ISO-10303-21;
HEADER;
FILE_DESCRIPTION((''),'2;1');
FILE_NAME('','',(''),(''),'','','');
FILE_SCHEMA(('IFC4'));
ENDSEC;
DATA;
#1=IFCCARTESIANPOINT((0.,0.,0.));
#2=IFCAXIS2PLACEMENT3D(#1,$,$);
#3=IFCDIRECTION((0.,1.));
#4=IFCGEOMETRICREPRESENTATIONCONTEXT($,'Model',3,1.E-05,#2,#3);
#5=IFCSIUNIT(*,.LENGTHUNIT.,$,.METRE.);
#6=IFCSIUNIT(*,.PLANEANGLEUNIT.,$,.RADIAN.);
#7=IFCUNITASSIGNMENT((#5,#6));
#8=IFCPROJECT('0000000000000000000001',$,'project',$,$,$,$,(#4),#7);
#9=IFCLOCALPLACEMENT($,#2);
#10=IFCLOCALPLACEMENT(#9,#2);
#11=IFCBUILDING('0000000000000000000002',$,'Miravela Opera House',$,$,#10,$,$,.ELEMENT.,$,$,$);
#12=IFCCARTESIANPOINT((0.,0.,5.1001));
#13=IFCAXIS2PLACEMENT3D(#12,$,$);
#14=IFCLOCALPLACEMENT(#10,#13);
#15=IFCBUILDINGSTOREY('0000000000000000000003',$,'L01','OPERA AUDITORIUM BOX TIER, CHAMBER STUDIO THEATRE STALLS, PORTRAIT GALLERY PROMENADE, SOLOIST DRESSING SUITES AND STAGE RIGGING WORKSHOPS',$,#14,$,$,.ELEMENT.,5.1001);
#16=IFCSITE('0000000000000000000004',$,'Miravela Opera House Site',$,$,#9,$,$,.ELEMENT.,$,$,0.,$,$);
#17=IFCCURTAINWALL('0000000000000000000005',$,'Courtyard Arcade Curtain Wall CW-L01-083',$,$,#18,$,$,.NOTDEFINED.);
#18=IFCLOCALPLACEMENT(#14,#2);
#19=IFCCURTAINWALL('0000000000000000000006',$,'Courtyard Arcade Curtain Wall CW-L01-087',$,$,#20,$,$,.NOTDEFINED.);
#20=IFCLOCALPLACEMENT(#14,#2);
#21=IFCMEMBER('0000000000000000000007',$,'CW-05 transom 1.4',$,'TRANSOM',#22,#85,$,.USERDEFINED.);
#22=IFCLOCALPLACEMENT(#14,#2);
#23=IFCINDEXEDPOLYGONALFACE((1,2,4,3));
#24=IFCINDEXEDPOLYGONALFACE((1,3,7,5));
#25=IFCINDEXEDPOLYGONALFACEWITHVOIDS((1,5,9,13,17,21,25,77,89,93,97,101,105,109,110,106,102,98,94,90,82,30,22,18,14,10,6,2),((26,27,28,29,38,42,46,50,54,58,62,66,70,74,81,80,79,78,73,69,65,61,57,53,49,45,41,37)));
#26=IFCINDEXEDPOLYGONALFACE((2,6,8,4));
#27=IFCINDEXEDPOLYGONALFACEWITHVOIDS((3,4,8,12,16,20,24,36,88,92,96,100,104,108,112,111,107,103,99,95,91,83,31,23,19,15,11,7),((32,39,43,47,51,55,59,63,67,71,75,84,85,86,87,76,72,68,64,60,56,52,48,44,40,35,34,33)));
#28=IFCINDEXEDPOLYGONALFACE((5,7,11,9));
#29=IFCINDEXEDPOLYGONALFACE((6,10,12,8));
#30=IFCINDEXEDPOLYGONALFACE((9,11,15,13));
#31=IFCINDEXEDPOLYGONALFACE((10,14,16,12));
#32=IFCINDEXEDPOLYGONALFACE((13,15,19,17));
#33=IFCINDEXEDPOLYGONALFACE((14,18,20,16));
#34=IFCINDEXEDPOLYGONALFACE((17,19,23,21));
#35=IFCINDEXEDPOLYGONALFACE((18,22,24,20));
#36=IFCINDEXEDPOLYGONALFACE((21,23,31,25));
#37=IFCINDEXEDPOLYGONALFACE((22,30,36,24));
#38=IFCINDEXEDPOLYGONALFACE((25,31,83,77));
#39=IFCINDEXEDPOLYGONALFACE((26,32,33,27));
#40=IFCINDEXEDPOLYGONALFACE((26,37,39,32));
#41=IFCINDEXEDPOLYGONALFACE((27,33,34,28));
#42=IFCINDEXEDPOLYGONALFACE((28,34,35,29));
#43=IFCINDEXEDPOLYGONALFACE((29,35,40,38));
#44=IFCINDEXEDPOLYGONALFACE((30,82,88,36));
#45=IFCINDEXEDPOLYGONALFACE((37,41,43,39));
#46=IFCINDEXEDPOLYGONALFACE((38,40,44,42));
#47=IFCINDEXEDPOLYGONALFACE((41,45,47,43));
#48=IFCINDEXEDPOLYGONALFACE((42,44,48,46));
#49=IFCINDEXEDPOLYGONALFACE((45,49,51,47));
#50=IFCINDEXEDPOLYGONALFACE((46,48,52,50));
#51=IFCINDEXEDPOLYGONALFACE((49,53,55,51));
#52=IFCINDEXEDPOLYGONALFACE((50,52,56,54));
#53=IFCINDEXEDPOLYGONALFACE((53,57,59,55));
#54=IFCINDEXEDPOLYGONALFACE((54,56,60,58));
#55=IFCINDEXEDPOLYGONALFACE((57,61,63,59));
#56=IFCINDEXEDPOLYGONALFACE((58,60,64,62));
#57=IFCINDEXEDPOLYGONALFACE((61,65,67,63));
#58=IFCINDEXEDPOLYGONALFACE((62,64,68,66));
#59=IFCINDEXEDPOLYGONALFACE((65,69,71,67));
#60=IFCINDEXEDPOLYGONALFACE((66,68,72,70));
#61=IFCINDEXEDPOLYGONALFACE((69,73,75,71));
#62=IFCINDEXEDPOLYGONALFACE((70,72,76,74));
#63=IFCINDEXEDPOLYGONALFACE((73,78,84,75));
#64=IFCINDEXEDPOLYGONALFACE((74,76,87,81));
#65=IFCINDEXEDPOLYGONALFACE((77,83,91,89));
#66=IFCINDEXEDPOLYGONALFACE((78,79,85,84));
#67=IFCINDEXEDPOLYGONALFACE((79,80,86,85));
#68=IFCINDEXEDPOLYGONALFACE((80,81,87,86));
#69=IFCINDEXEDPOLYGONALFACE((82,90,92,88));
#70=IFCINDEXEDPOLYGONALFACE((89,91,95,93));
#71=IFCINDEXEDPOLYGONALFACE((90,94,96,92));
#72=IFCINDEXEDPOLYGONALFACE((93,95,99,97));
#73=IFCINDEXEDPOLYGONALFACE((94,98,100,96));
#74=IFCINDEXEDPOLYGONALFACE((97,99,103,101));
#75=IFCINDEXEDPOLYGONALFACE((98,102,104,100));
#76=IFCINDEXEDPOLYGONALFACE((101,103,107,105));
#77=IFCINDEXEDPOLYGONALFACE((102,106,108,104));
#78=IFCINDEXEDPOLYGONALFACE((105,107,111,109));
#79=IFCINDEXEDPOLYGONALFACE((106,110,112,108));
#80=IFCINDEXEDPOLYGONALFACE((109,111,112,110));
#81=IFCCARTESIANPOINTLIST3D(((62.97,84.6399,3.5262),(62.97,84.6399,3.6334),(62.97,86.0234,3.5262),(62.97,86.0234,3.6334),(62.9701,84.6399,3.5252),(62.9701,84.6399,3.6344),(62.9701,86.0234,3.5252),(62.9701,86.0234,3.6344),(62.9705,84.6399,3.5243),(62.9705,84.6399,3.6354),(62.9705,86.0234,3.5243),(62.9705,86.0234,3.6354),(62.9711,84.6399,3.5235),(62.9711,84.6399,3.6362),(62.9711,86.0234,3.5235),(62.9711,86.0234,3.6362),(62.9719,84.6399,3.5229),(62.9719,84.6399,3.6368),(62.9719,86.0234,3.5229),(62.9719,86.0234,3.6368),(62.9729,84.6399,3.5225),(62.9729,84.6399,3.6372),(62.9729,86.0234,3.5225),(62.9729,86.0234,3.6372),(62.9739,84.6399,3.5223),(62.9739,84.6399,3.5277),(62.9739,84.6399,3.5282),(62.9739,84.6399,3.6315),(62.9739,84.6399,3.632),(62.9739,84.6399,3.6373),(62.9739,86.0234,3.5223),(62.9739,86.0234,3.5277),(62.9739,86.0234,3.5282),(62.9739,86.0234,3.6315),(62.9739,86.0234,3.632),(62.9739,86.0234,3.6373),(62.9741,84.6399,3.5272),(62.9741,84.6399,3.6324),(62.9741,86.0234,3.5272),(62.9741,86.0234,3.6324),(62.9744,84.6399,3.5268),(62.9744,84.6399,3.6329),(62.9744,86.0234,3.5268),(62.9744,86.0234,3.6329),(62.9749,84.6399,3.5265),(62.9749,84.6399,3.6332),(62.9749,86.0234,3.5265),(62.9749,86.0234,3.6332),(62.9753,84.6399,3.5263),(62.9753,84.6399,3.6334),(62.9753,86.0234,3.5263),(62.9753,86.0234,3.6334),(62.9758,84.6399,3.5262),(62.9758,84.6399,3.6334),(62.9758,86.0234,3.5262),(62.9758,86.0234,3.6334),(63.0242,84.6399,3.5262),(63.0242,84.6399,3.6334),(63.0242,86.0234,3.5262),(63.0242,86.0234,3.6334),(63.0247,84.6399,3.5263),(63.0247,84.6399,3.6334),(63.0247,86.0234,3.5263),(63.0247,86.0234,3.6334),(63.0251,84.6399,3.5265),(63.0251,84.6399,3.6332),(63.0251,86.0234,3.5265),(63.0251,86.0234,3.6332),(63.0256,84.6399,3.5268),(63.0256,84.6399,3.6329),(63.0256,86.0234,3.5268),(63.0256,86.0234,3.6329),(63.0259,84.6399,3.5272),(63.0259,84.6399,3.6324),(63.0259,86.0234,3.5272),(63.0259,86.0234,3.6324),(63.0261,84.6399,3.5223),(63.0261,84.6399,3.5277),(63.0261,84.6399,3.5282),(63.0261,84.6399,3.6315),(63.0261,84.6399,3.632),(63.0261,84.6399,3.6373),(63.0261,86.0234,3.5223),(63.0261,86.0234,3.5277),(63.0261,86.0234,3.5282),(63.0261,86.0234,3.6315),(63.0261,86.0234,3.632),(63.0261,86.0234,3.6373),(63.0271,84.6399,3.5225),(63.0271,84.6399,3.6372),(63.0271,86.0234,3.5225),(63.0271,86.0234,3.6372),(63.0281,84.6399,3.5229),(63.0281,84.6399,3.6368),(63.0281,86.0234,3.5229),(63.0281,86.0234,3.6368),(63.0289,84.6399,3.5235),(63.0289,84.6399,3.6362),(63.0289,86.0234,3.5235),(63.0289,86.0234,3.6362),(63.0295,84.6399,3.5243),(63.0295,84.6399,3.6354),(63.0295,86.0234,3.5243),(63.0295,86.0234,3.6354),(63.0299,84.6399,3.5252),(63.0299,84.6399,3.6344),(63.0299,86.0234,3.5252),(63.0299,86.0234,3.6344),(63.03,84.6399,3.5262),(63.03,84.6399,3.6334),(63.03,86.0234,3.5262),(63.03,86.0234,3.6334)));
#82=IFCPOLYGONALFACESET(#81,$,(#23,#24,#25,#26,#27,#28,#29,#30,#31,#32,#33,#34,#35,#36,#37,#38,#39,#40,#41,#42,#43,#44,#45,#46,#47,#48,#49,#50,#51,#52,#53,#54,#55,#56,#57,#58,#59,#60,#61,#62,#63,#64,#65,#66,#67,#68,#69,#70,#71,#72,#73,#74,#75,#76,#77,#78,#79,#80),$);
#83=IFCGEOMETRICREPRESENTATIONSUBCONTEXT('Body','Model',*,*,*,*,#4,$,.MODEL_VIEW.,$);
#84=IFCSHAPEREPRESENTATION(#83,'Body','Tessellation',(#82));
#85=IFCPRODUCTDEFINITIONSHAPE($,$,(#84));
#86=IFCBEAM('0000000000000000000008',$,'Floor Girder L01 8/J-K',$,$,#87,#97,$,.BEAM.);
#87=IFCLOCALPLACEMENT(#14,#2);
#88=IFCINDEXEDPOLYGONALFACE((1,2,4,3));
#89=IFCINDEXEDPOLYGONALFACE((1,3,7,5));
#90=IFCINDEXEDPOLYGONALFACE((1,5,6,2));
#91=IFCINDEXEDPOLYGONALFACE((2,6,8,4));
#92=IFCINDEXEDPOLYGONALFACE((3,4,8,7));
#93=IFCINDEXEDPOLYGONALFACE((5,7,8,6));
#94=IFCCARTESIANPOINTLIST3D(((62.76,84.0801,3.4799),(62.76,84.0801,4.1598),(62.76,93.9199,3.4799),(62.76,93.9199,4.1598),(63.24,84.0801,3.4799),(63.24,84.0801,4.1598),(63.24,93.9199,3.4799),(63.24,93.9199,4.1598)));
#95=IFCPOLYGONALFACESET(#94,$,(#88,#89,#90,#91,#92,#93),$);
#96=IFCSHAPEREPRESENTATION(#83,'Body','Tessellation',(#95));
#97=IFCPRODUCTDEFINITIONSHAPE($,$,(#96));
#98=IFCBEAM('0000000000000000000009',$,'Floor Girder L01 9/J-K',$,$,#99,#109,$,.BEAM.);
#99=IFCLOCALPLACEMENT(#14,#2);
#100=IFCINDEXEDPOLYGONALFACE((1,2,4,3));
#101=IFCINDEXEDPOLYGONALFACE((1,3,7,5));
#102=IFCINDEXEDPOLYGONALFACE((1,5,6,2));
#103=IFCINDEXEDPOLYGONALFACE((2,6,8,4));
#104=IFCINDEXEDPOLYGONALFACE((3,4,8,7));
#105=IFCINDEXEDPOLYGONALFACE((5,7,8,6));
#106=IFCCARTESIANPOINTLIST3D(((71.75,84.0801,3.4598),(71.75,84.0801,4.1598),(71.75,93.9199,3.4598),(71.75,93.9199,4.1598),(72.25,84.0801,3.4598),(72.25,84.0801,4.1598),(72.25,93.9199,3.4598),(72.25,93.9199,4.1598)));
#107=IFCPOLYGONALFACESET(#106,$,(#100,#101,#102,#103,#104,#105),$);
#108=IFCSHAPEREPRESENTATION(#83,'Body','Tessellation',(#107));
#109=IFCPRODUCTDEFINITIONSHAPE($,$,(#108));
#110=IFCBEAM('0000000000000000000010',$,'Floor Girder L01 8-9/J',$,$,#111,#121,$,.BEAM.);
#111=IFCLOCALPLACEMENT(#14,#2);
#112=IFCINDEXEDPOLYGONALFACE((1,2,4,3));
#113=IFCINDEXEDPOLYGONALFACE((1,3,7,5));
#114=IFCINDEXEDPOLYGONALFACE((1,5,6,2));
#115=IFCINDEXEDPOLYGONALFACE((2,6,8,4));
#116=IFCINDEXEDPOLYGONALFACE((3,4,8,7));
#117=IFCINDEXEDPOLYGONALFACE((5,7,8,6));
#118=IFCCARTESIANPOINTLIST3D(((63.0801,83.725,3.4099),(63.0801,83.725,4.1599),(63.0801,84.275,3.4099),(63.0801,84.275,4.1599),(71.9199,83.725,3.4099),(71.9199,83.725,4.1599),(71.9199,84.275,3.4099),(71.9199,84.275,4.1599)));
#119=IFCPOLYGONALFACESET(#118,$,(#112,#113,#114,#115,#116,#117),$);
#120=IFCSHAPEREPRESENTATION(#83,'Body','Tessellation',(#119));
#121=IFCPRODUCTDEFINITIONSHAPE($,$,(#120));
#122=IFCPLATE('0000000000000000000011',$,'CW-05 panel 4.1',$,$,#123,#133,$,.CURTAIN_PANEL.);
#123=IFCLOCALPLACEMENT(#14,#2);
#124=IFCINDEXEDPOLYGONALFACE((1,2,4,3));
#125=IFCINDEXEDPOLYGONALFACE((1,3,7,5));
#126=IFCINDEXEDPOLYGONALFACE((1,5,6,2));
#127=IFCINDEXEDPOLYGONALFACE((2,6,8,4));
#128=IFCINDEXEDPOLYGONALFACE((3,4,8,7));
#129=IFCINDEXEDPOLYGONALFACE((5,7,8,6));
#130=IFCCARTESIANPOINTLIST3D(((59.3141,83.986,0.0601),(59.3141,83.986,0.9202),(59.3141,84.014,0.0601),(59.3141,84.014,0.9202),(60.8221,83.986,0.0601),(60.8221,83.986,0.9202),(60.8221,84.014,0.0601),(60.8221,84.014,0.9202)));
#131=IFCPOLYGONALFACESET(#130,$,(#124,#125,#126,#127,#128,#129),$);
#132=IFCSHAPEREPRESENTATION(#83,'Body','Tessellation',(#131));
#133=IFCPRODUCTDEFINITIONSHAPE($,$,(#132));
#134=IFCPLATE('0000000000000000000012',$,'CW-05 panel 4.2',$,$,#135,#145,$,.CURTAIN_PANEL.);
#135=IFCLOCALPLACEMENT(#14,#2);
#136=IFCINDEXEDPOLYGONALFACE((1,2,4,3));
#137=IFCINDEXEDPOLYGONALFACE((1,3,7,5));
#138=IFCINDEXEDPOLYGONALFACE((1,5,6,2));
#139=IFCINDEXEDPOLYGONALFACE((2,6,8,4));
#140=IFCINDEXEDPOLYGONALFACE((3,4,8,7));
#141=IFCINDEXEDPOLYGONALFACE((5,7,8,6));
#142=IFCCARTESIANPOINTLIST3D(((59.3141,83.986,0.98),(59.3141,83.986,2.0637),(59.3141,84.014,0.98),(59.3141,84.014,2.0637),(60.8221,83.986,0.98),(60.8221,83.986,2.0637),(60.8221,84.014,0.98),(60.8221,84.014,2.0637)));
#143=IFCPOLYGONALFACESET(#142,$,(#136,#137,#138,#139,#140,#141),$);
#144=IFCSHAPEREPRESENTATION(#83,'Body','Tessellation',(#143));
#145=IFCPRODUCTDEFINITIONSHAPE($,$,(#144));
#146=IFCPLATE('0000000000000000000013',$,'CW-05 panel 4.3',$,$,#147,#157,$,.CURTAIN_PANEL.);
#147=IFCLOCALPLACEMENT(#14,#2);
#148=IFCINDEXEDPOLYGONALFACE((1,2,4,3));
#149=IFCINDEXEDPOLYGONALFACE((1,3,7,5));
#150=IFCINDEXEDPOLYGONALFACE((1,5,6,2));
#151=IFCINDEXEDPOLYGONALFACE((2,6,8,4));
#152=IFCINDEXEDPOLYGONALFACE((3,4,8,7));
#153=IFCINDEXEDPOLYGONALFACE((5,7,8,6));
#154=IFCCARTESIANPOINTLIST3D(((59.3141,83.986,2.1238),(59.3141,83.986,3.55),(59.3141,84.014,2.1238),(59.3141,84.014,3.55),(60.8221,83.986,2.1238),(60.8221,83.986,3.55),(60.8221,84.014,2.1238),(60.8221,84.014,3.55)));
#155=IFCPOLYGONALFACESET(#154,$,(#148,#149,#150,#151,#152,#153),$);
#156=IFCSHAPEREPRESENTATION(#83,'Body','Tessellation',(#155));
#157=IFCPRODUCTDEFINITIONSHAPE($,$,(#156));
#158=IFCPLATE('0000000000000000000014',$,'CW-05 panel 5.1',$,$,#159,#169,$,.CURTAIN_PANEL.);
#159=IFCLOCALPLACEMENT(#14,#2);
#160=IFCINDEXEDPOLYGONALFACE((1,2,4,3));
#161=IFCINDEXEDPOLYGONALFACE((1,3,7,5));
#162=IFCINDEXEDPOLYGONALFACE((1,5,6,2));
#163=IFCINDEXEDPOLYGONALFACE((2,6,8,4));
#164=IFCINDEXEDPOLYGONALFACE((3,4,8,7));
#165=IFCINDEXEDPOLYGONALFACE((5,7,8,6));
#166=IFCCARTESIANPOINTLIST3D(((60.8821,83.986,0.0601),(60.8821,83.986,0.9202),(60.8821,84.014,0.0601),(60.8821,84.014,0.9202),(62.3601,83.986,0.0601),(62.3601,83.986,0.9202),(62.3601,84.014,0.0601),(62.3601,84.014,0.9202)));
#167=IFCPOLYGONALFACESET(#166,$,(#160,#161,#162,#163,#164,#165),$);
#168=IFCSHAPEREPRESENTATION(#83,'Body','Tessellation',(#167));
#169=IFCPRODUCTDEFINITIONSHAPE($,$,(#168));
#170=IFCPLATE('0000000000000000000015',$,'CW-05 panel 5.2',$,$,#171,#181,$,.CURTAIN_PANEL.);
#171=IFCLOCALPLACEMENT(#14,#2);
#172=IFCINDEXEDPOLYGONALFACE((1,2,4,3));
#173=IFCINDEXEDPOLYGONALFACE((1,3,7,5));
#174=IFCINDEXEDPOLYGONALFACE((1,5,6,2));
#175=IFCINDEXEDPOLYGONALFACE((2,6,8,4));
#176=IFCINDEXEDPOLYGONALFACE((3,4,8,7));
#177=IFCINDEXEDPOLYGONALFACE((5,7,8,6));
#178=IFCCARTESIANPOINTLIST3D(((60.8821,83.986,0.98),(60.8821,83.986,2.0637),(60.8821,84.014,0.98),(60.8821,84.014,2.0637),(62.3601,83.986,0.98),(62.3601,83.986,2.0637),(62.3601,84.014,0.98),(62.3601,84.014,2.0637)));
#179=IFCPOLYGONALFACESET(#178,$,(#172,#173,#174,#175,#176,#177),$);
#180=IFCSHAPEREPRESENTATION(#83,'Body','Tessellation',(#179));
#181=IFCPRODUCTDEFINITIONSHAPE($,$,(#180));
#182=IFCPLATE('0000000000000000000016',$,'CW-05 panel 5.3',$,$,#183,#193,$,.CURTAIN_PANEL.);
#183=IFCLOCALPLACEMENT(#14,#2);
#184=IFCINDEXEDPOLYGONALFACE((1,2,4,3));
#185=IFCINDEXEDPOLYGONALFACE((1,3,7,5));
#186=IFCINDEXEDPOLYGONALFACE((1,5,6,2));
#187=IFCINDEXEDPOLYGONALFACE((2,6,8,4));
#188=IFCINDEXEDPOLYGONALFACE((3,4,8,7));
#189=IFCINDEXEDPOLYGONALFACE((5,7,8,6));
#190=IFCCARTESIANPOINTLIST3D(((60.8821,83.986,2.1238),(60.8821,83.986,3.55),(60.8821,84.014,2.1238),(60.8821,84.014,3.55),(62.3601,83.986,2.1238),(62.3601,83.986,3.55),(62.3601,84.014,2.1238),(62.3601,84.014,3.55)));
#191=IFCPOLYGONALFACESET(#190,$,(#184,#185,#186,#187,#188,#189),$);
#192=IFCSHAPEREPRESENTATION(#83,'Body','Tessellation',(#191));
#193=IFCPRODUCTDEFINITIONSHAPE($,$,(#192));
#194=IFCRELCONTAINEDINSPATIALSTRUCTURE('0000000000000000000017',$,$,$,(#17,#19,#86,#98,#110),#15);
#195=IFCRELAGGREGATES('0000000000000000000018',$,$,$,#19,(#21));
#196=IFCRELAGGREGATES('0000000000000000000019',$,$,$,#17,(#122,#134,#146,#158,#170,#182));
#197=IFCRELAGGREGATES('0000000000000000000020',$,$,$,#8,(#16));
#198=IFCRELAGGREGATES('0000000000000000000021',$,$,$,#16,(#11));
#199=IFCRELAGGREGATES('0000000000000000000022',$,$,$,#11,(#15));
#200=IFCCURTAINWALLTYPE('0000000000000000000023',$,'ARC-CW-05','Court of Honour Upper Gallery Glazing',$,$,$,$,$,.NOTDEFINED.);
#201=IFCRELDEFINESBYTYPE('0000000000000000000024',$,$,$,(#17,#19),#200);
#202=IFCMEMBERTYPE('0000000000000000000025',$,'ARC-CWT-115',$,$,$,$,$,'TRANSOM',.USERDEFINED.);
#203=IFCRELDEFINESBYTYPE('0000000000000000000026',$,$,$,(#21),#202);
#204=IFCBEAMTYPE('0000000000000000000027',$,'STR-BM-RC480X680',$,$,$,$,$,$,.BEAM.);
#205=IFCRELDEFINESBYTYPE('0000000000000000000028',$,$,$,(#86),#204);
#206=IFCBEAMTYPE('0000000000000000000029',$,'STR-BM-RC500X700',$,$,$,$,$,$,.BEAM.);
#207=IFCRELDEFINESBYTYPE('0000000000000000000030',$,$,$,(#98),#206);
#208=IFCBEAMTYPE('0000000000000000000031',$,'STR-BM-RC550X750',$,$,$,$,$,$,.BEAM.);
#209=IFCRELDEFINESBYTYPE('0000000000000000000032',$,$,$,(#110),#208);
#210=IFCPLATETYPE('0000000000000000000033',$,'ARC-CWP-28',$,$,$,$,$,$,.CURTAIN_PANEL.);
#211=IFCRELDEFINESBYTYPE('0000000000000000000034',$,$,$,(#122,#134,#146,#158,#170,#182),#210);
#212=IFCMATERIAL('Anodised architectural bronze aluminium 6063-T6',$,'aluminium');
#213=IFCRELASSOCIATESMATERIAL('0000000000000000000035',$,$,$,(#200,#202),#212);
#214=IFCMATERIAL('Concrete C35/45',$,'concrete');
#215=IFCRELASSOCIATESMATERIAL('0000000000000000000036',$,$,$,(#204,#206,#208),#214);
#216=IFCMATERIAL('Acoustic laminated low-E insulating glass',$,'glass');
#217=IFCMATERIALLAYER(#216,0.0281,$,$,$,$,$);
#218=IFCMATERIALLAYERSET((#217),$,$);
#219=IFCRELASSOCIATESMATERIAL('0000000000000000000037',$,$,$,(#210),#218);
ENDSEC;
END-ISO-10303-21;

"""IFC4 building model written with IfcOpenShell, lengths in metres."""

from ifc_helpers import new_model, si_unit, direction, frame, origin, origin_2d, place, context, subcontext, project, spatial, rectangle, hollow_rectangle, extrude, material, layer, layer_set, material_profile, profile_set, type_object, element, aggregate, save


model = new_model("IFC4")

# Units and contexts
model_context = context("Model", 3, precision=1e-05, world=origin(), true_north=direction((0.0, 1.0)))
body_context = subcontext(model_context, "Body", "Model", "MODEL_VIEW")
ifc_project = project(units=[si_unit("LENGTHUNIT", "METRE"), si_unit("PLANEANGLEUNIT", "RADIAN")], contexts=[model_context])

# Site, building, storey
site_placement = place(None, origin())
site = spatial("IfcSite", under=ifc_project, at=site_placement, Name="Miravela Opera House Site", CompositionType="ELEMENT", RefElevation=0.0)
building_placement = place(site_placement, origin())
building = spatial("IfcBuilding", under=site, at=building_placement, Name="Miravela Opera House", CompositionType="ELEMENT")
storey_placement = place(building_placement, frame((0.0, 0.0, 5.1001)))
storey = spatial("IfcBuildingStorey", under=building, at=storey_placement, Name="L01", Description="OPERA AUDITORIUM BOX TIER, CHAMBER STUDIO THEATRE STALLS, PORTRAIT GALLERY PROMENADE, SOLOIST DRESSING SUITES AND STAGE RIGGING WORKSHOPS", CompositionType="ELEMENT", Elevation=5.1001)

# Shared definitions
ifc_material_1 = material(Name="Concrete C35/45", Category="concrete")

# Curtain wall
ifc_material_2 = material(Name="Anodised architectural bronze aluminium 6063-T6", Category="aluminium")
curtain_wall_type = type_object("IfcCurtainWallType", Name="ARC-CW-05", Description="Court of Honour Upper Gallery Glazing", PredefinedType="NOTDEFINED", material=ifc_material_2)
curtain_wall_1_placement = place(storey_placement, origin())
curtain_wall_1 = element("IfcCurtainWall", 1, at=curtain_wall_1_placement, inside=storey, type_object=curtain_wall_type, Name="Courtyard Arcade Curtain Wall CW-L01-083", PredefinedType="NOTDEFINED")

# Curtain wall
curtain_wall_2_placement = place(storey_placement, origin())
curtain_wall_2 = element("IfcCurtainWall", 2, at=curtain_wall_2_placement, inside=storey, type_object=curtain_wall_type, Name="Courtyard Arcade Curtain Wall CW-L01-087", PredefinedType="NOTDEFINED")

# Member
ifc_material_profile_1 = material_profile(ifc_material_2, hollow_rectangle(XDim=0.0601, YDim=0.115, WallThickness=0.0039, InnerFilletRadius=0.002, OuterFilletRadius=0.0039, at=origin_2d()), Name="CWT-60X115")
ifc_profile_set_1 = profile_set([ifc_material_profile_1])
member_type_1 = type_object("IfcMemberType", Name="ARC-CWT-115", ElementType="TRANSOM", PredefinedType="USERDEFINED", material=ifc_profile_set_1)
member_1_placement = place(storey_placement, frame((63.0, 84.6399, 3.5798), z_axis=(0.0, 1.0, 0.0), x_axis=(-1.0, 0.0, 0.0)))
member_1 = element("IfcMember", 3, at=member_1_placement, type_object=member_type_1, Name="CW-05 transom 1.4", ObjectType="TRANSOM", PredefinedType="USERDEFINED", context=body_context, shape_type="SweptSolid", body=[
    extrude(hollow_rectangle(XDim=0.0601, YDim=0.115, WallThickness=0.0039, InnerFilletRadius=0.002, OuterFilletRadius=0.0039, at=origin_2d()), origin(), (0.0, 0.0, 1.0), 1.3835),
])
aggregate(curtain_wall_2, [member_1])

# Beams
ifc_material_profile_2 = material_profile(ifc_material_1, rectangle(XDim=0.48, YDim=0.6799, at=origin_2d()), Name="RC-BM-480X680")
ifc_profile_set_2 = profile_set([ifc_material_profile_2])
beam_type_1 = type_object("IfcBeamType", Name="STR-BM-RC480X680", PredefinedType="BEAM", material=ifc_profile_set_2)
beam_1_placement = place(storey_placement, frame((63.0, 84.0801, 3.8198), z_axis=(0.0, 1.0, 0.0), x_axis=(-1.0, 0.0, 0.0)))
element("IfcBeam", 4, at=beam_1_placement, inside=storey, type_object=beam_type_1, Name="Floor Girder L01 8/J-K", PredefinedType="BEAM", context=body_context, shape_type="SweptSolid", body=[
    extrude(rectangle(XDim=0.48, YDim=0.6799, at=origin_2d()), origin(), (0.0, 0.0, 1.0), 9.8398),
])
ifc_material_profile_3 = material_profile(ifc_material_1, rectangle(XDim=0.5, YDim=0.7, at=origin_2d()), Name="RC-BM-500X700")
ifc_profile_set_3 = profile_set([ifc_material_profile_3])
beam_type_2 = type_object("IfcBeamType", Name="STR-BM-RC500X700", PredefinedType="BEAM", material=ifc_profile_set_3)
beam_2_placement = place(storey_placement, frame((72.0, 84.0801, 3.8098), z_axis=(0.0, 1.0, 0.0), x_axis=(-1.0, 0.0, 0.0)))
element("IfcBeam", 5, at=beam_2_placement, inside=storey, type_object=beam_type_2, Name="Floor Girder L01 9/J-K", PredefinedType="BEAM", context=body_context, shape_type="SweptSolid", body=[
    extrude(rectangle(XDim=0.5, YDim=0.7, at=origin_2d()), origin(), (0.0, 0.0, 1.0), 9.8398),
])
ifc_material_profile_4 = material_profile(ifc_material_1, rectangle(XDim=0.55, YDim=0.75, at=origin_2d()), Name="RC-BM-550X750")
ifc_profile_set_4 = profile_set([ifc_material_profile_4])
beam_type_3 = type_object("IfcBeamType", Name="STR-BM-RC550X750", PredefinedType="BEAM", material=ifc_profile_set_4)
beam_3_placement = place(storey_placement, frame((63.0801, 84.0, 3.7849), z_axis=(1.0, 0.0, 0.0), x_axis=(0.0, 1.0, 0.0)))
element("IfcBeam", 6, at=beam_3_placement, inside=storey, type_object=beam_type_3, Name="Floor Girder L01 8-9/J", PredefinedType="BEAM", context=body_context, shape_type="SweptSolid", body=[
    extrude(rectangle(XDim=0.55, YDim=0.75, at=origin_2d()), origin(), (0.0, 0.0, 1.0), 8.8398),
])

# Plates
ifc_material_3 = material(Name="Acoustic laminated low-E insulating glass", Category="glass")
ifc_layer = layer(ifc_material_3, 0.0281)
ifc_layer_set = layer_set([ifc_layer])
plate_type = type_object("IfcPlateType", Name="ARC-CWP-28", PredefinedType="CURTAIN_PANEL", material=ifc_layer_set)
plate_1_placement = place(storey_placement, frame((60.0681, 84.0, 0.0601), z_axis=(0.0, 0.0, 1.0), x_axis=(1.0, 0.0, 0.0)))
plate_1 = element("IfcPlate", 7, at=plate_1_placement, type_object=plate_type, Name="CW-05 panel 4.1", PredefinedType="CURTAIN_PANEL", context=body_context, shape_type="SweptSolid", body=[
    extrude(rectangle(XDim=1.5081, YDim=0.0281, at=origin_2d()), origin(), (0.0, 0.0, 1.0), 0.8601),
])
plate_2_placement = place(storey_placement, frame((60.0681, 84.0, 0.98), z_axis=(0.0, 0.0, 1.0), x_axis=(1.0, 0.0, 0.0)))
plate_2 = element("IfcPlate", 8, at=plate_2_placement, type_object=plate_type, Name="CW-05 panel 4.2", PredefinedType="CURTAIN_PANEL", context=body_context, shape_type="SweptSolid", body=[
    extrude(rectangle(XDim=1.5081, YDim=0.0281, at=origin_2d()), origin(), (0.0, 0.0, 1.0), 1.0837),
])
plate_3_placement = place(storey_placement, frame((60.0681, 84.0, 2.1238), z_axis=(0.0, 0.0, 1.0), x_axis=(1.0, 0.0, 0.0)))
plate_3 = element("IfcPlate", 9, at=plate_3_placement, type_object=plate_type, Name="CW-05 panel 4.3", PredefinedType="CURTAIN_PANEL", context=body_context, shape_type="SweptSolid", body=[
    extrude(rectangle(XDim=1.5081, YDim=0.0281, at=origin_2d()), origin(), (0.0, 0.0, 1.0), 1.4263),
])
plate_4_placement = place(storey_placement, frame((61.6211, 84.0, 0.0601), z_axis=(0.0, 0.0, 1.0), x_axis=(1.0, 0.0, 0.0)))
plate_4 = element("IfcPlate", 10, at=plate_4_placement, type_object=plate_type, Name="CW-05 panel 5.1", PredefinedType="CURTAIN_PANEL", context=body_context, shape_type="SweptSolid", body=[
    extrude(rectangle(XDim=1.478, YDim=0.0281, at=origin_2d()), origin(), (0.0, 0.0, 1.0), 0.8601),
])
plate_5_placement = place(storey_placement, frame((61.6211, 84.0, 0.98), z_axis=(0.0, 0.0, 1.0), x_axis=(1.0, 0.0, 0.0)))
plate_5 = element("IfcPlate", 11, at=plate_5_placement, type_object=plate_type, Name="CW-05 panel 5.2", PredefinedType="CURTAIN_PANEL", context=body_context, shape_type="SweptSolid", body=[
    extrude(rectangle(XDim=1.478, YDim=0.0281, at=origin_2d()), origin(), (0.0, 0.0, 1.0), 1.0837),
])
plate_6_placement = place(storey_placement, frame((61.6211, 84.0, 2.1238), z_axis=(0.0, 0.0, 1.0), x_axis=(1.0, 0.0, 0.0)))
plate_6 = element("IfcPlate", 12, at=plate_6_placement, type_object=plate_type, Name="CW-05 panel 5.3", PredefinedType="CURTAIN_PANEL", context=body_context, shape_type="SweptSolid", body=[
    extrude(rectangle(XDim=1.478, YDim=0.0281, at=origin_2d()), origin(), (0.0, 0.0, 1.0), 1.4263),
])
aggregate(curtain_wall_1, [plate_1, plate_2, plate_3, plate_4, plate_5, plate_6])

save(model, "model.ifc")
